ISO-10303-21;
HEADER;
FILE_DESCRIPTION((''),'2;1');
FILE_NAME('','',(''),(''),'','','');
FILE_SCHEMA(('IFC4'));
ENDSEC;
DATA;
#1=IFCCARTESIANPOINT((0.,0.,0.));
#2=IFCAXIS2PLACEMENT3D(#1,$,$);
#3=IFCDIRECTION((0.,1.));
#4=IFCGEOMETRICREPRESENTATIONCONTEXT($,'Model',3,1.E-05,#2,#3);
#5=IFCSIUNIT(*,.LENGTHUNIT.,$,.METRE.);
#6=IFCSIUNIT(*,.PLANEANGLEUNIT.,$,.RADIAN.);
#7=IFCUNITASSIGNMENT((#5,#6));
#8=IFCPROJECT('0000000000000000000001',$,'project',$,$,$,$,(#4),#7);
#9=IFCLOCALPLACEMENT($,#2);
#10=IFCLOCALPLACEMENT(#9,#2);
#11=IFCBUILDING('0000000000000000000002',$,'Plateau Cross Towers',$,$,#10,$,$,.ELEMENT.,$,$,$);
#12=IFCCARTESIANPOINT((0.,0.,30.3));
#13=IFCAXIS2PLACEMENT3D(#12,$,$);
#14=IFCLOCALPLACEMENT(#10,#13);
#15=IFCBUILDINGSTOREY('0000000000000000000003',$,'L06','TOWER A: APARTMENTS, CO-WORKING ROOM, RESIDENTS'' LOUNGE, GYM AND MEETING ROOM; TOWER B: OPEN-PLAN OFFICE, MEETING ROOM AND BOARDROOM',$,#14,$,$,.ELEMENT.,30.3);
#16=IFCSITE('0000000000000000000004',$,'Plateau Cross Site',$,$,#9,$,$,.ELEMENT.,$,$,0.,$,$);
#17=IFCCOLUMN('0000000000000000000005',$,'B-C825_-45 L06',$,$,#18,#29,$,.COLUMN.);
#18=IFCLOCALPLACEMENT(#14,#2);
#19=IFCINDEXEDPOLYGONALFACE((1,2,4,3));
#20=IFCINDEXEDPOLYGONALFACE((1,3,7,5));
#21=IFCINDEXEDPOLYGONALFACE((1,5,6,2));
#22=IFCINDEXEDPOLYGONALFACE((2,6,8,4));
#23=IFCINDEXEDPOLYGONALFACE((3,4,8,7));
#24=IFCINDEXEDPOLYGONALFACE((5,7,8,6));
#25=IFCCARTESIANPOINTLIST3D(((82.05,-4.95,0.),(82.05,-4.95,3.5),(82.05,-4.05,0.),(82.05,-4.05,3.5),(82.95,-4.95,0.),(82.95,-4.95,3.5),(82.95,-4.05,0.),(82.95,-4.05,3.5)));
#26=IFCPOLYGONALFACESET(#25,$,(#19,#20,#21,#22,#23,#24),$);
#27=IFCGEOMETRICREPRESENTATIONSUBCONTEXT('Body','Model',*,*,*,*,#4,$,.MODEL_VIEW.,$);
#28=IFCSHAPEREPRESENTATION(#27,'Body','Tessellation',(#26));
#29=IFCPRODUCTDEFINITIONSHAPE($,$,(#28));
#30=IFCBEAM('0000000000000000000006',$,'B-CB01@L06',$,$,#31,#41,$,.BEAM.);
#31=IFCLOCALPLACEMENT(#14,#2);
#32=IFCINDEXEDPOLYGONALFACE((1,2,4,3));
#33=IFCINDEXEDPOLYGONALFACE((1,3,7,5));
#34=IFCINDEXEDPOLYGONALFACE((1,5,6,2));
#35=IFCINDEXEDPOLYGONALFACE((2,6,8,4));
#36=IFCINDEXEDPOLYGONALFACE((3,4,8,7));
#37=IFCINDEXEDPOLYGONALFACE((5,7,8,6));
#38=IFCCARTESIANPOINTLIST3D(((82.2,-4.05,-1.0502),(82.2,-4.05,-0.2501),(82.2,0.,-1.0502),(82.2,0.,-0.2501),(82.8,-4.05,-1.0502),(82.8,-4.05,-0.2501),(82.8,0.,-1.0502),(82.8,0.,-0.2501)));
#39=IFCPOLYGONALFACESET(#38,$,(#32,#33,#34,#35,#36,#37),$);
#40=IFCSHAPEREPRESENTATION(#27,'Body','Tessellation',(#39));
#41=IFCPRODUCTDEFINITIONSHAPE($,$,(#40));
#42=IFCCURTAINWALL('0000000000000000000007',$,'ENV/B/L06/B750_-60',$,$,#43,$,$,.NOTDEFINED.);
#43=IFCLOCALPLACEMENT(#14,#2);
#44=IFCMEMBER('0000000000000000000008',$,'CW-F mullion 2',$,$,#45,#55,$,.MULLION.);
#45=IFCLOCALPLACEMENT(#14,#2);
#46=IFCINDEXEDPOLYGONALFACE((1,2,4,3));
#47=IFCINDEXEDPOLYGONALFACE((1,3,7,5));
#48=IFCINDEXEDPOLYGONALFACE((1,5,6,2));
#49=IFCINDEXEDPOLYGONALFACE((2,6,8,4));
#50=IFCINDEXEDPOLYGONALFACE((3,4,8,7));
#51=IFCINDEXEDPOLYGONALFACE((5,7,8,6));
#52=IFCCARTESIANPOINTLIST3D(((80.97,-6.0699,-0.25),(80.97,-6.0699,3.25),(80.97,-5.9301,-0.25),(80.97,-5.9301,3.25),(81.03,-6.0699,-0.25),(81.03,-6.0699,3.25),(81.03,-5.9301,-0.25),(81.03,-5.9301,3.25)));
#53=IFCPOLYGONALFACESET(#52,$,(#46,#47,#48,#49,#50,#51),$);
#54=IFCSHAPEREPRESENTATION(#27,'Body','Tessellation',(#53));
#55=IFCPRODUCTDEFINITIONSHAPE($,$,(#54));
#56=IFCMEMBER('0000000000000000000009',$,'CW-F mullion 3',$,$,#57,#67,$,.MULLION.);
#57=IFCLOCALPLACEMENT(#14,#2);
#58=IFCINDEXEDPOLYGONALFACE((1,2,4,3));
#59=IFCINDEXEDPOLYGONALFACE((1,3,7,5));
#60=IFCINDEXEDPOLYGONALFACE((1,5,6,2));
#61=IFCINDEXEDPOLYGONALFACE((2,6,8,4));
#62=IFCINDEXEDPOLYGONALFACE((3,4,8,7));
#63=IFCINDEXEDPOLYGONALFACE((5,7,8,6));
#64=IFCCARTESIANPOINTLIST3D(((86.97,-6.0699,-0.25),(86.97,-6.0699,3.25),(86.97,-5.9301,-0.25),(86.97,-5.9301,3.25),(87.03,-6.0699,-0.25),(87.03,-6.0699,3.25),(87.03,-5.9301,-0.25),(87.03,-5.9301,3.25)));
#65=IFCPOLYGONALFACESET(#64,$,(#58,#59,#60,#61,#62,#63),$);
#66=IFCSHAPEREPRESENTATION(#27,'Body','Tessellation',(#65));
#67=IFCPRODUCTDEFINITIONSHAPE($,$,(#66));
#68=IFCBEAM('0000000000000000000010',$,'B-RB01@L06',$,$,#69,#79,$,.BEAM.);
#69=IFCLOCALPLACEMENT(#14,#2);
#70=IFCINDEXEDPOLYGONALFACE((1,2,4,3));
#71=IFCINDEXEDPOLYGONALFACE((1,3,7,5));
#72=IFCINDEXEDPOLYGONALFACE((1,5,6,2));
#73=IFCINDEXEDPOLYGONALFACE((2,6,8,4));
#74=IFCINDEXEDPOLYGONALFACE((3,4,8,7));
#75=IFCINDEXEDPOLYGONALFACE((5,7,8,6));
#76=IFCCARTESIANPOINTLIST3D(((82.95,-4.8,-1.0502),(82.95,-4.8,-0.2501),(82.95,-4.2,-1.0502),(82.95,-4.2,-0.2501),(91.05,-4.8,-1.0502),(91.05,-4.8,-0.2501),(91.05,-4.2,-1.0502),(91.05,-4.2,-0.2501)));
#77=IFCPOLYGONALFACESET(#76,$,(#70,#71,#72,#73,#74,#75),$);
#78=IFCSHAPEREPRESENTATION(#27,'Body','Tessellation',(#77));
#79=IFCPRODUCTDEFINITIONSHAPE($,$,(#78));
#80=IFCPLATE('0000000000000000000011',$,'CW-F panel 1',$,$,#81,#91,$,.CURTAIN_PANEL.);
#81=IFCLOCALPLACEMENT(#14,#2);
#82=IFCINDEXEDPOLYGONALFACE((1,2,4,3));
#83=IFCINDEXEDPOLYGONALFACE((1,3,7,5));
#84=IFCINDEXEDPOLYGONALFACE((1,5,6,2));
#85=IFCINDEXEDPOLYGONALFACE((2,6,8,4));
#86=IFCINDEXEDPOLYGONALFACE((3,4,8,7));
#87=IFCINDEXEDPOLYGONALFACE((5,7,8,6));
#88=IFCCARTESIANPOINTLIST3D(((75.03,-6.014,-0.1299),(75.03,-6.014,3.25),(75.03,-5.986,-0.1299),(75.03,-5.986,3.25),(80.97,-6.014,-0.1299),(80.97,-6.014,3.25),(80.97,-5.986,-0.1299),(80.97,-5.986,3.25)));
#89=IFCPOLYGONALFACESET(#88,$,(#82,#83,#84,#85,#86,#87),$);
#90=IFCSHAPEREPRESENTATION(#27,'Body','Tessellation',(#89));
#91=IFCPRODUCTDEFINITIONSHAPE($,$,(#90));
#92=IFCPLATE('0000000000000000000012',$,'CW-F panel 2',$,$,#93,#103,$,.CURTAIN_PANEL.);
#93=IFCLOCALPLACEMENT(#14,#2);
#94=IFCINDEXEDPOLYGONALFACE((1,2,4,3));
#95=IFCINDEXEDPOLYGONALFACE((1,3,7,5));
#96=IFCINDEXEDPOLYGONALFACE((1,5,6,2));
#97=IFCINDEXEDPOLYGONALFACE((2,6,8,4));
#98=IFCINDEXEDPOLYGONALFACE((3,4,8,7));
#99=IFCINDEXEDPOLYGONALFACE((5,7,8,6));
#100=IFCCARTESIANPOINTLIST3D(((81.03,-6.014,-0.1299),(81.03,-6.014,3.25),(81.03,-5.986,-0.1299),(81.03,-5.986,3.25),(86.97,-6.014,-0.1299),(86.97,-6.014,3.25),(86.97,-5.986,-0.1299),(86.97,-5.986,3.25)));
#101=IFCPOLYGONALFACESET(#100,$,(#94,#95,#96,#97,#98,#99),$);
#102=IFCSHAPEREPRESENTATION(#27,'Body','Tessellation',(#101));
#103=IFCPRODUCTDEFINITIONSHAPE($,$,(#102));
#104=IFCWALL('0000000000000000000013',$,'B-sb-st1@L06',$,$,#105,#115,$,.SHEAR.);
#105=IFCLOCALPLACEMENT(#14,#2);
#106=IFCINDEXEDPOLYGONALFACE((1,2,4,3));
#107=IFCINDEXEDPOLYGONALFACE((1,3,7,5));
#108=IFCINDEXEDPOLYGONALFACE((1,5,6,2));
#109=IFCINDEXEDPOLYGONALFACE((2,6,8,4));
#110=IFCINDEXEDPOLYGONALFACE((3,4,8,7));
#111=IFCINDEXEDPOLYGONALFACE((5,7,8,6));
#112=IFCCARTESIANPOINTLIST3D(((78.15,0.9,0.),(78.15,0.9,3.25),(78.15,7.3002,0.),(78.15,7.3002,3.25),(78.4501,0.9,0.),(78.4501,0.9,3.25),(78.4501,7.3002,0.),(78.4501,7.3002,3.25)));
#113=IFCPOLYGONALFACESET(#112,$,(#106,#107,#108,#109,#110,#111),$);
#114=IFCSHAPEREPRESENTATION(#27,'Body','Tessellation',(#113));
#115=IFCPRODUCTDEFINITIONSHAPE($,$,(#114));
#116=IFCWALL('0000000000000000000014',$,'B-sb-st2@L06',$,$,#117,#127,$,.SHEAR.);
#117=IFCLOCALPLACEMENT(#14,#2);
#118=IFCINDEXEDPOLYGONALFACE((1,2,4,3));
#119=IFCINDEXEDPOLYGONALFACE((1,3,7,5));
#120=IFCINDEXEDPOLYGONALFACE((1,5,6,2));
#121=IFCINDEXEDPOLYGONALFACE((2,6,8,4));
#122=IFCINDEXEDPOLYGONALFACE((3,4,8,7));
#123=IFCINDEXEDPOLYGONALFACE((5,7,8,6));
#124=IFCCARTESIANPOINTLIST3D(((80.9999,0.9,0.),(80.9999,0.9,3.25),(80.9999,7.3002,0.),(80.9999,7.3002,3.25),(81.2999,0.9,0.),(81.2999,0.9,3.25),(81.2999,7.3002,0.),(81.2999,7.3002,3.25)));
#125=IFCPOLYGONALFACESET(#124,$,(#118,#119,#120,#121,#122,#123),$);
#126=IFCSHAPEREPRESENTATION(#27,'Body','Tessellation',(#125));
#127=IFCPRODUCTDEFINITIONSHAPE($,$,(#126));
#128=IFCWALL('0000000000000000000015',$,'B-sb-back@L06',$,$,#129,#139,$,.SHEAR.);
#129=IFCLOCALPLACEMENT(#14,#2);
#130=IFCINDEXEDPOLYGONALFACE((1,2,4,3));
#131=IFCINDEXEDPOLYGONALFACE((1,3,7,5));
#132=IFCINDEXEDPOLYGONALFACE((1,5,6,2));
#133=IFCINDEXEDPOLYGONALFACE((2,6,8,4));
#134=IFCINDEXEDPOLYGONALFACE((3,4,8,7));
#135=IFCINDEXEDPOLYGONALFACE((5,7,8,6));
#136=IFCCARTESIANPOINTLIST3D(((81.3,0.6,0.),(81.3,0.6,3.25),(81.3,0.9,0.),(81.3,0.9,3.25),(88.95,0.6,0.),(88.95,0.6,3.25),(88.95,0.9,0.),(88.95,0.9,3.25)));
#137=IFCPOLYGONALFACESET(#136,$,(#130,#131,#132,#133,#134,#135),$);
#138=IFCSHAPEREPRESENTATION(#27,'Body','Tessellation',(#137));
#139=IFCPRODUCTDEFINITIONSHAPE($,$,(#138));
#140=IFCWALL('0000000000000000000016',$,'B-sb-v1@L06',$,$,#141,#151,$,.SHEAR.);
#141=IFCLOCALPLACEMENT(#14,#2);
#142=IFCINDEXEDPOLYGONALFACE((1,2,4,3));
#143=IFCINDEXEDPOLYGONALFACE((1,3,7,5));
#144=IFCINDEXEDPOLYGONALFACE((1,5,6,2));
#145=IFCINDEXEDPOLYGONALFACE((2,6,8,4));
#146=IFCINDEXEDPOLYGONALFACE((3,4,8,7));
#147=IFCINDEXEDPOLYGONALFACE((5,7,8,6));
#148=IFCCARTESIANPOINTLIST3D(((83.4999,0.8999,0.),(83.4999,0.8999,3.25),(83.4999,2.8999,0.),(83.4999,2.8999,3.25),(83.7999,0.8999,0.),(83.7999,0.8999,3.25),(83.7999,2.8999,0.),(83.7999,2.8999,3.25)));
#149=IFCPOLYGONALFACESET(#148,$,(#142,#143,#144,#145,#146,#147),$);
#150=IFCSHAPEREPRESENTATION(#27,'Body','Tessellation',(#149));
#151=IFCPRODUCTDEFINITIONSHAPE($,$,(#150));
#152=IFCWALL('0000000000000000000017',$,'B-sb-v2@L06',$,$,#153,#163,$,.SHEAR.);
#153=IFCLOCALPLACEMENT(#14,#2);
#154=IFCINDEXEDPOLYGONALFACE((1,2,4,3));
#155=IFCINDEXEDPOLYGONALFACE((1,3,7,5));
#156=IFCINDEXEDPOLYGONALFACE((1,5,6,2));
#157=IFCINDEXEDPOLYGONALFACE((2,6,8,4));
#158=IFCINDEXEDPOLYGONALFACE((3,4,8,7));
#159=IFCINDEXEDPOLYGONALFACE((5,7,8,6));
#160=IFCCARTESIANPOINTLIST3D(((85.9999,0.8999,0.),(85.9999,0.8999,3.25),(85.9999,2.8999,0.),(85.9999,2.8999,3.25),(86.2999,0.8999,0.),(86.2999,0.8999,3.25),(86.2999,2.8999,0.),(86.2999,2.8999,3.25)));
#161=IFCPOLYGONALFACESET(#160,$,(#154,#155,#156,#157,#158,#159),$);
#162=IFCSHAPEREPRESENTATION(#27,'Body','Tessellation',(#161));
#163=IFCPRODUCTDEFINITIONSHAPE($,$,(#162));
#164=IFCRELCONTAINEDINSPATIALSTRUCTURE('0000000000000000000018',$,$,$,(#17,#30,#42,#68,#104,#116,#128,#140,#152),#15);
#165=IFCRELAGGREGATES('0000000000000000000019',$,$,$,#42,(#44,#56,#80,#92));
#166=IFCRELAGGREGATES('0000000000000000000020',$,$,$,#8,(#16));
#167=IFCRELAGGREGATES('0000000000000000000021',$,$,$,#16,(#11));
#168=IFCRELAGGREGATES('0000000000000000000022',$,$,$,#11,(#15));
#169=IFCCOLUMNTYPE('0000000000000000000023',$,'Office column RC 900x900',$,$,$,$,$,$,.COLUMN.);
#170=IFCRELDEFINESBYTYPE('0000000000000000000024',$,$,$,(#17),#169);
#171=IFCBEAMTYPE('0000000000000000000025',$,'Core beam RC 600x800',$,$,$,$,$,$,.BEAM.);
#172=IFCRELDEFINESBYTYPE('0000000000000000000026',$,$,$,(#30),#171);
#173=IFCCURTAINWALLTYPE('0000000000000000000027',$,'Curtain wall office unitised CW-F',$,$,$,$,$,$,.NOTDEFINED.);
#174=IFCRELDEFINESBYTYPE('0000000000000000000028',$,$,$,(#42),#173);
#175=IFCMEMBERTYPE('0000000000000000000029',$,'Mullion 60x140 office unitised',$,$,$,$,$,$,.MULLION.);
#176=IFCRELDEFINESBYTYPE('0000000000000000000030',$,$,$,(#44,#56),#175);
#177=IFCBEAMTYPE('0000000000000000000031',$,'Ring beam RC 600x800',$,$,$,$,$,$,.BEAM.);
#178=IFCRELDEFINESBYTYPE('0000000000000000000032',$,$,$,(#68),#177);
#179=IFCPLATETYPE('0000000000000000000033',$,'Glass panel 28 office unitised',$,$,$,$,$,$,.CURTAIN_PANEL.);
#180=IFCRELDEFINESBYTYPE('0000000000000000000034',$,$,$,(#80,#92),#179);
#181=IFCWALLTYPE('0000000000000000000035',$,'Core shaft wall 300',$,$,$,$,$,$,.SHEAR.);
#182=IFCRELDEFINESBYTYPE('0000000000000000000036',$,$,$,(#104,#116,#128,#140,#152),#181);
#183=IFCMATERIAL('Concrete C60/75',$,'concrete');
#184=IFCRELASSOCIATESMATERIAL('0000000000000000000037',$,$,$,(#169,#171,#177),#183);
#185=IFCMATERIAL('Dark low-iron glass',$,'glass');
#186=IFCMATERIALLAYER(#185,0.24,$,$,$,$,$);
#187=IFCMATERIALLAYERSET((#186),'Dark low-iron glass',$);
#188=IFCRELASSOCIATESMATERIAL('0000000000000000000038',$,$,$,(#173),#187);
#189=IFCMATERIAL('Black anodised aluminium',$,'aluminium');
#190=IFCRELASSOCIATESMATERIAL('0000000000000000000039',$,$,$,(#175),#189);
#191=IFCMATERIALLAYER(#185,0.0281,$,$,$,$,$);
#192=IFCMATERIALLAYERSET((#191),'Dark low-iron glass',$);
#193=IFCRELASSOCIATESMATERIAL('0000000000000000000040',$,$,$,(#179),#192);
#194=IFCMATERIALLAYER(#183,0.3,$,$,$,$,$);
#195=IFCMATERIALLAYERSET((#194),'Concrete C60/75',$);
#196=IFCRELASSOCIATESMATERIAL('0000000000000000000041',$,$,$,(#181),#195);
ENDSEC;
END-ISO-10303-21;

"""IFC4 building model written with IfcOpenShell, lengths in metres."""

from ifc_helpers import new_model, si_unit, direction, frame, frame_2d, origin, origin_2d, place, context, subcontext, project, spatial, rectangle, extrude, material, layer, layer_set, material_profile, profile_set, type_object, element, aggregate, save


model = new_model("IFC4")

# Units and contexts
model_context = context("Model", 3, precision=1e-05, world=origin(), true_north=direction((0.0, 1.0)))
body_context = subcontext(model_context, "Body", "Model", "MODEL_VIEW")
ifc_project = project(units=[si_unit("LENGTHUNIT", "METRE"), si_unit("PLANEANGLEUNIT", "RADIAN")], contexts=[model_context])

# Site, building, storey
site_placement = place(None, origin())
site = spatial("IfcSite", under=ifc_project, at=site_placement, Name="Plateau Cross Site", CompositionType="ELEMENT", RefElevation=0.0)
building_placement = place(site_placement, origin())
building = spatial("IfcBuilding", under=site, at=building_placement, Name="Plateau Cross Towers", CompositionType="ELEMENT")
storey_placement = place(building_placement, frame((0.0, 0.0, 30.3)))
storey = spatial("IfcBuildingStorey", under=building, at=storey_placement, Name="L06", Description="TOWER A: APARTMENTS, CO-WORKING ROOM, RESIDENTS' LOUNGE, GYM AND MEETING ROOM; TOWER B: OPEN-PLAN OFFICE, MEETING ROOM AND BOARDROOM", CompositionType="ELEMENT", Elevation=30.3)

# Column
ifc_material_1 = material(Name="Concrete C60/75", Category="concrete")
ifc_material_profile_1 = material_profile(ifc_material_1, rectangle(XDim=0.8999, YDim=0.8999, at=origin_2d()), Name="RC 900x900")
ifc_profile_set_1 = profile_set([ifc_material_profile_1], Name="Concrete C60/75")
column_type = type_object("IfcColumnType", Name="Office column RC 900x900", PredefinedType="COLUMN", material=ifc_profile_set_1)
column_placement = place(storey_placement, frame((82.5, -4.5, 0.0), z_axis=(0.0, 0.0, 1.0), x_axis=(1.0, 0.0, 0.0)))
element("IfcColumn", 1, at=column_placement, inside=storey, type_object=column_type, Name="B-C825_-45 L06", PredefinedType="COLUMN", context=body_context, shape_type="SweptSolid", body=[
    extrude(rectangle(XDim=0.8999, YDim=0.8999, at=origin_2d()), origin(), (0.0, 0.0, 1.0), 3.5),
])

# Beam
ifc_material_profile_2 = material_profile(ifc_material_1, rectangle(XDim=0.6001, YDim=0.8, at=origin_2d()), Name="RC 600x800")
ifc_profile_set_2 = profile_set([ifc_material_profile_2], Name="Concrete C60/75")
beam_type_1 = type_object("IfcBeamType", Name="Core beam RC 600x800", PredefinedType="BEAM", material=ifc_profile_set_2)
beam_1_placement = place(storey_placement, frame((82.5, 0.0, -0.6501), z_axis=(0.0, -1.0, 0.0), x_axis=(1.0, 0.0, 0.0)))
element("IfcBeam", 2, at=beam_1_placement, inside=storey, type_object=beam_type_1, Name="B-CB01@L06", PredefinedType="BEAM", context=body_context, shape_type="SweptSolid", body=[
    extrude(rectangle(XDim=0.6001, YDim=0.8, at=origin_2d()), origin(), (0.0, 0.0, 1.0), 4.05),
])

# Curtain wall, members
ifc_material_2 = material(Name="Dark low-iron glass", Category="glass")
ifc_layer_1 = layer(ifc_material_2, 0.24)
ifc_layer_set_1 = layer_set([ifc_layer_1], Name="Dark low-iron glass")
curtain_wall_type = type_object("IfcCurtainWallType", Name="Curtain wall office unitised CW-F", PredefinedType="NOTDEFINED", material=ifc_layer_set_1)
curtain_wall_placement = place(storey_placement, origin())
curtain_wall = element("IfcCurtainWall", 3, at=curtain_wall_placement, inside=storey, type_object=curtain_wall_type, Name="ENV/B/L06/B750_-60", PredefinedType="NOTDEFINED")
ifc_material_3 = material(Name="Black anodised aluminium", Category="aluminium")
ifc_material_profile_3 = material_profile(ifc_material_3, rectangle(XDim=0.0601, YDim=0.1399, at=origin_2d()), Name="MULLION 60x140")
ifc_profile_set_3 = profile_set([ifc_material_profile_3], Name="Black anodised aluminium")
member_type = type_object("IfcMemberType", Name="Mullion 60x140 office unitised", PredefinedType="MULLION", material=ifc_profile_set_3)
member_1_placement = place(storey_placement, frame((81.0, -6.0, -0.25), z_axis=(0.0, 0.0, 1.0), x_axis=(1.0, 0.0, 0.0)))
member_1 = element("IfcMember", 4, at=member_1_placement, type_object=member_type, Name="CW-F mullion 2", PredefinedType="MULLION", context=body_context, shape_type="SweptSolid", body=[
    extrude(rectangle(XDim=0.0601, YDim=0.1399, at=origin_2d()), origin(), (0.0, 0.0, 1.0), 3.5),
])
member_2_placement = place(storey_placement, frame((87.0, -6.0, -0.25), z_axis=(0.0, 0.0, 1.0), x_axis=(1.0, 0.0, 0.0)))
member_2 = element("IfcMember", 5, at=member_2_placement, type_object=member_type, Name="CW-F mullion 3", PredefinedType="MULLION", context=body_context, shape_type="SweptSolid", body=[
    extrude(rectangle(XDim=0.0601, YDim=0.1399, at=origin_2d()), origin(), (0.0, 0.0, 1.0), 3.5),
])

# Beam
ifc_material_profile_4 = material_profile(ifc_material_1, rectangle(XDim=0.6001, YDim=0.8, at=origin_2d()), Name="RC 600x800")
ifc_profile_set_4 = profile_set([ifc_material_profile_4], Name="Concrete C60/75")
beam_type_2 = type_object("IfcBeamType", Name="Ring beam RC 600x800", PredefinedType="BEAM", material=ifc_profile_set_4)
beam_2_placement = place(storey_placement, frame((82.95, -4.5, -0.6501), z_axis=(1.0, 0.0, 0.0), x_axis=(0.0, 1.0, 0.0)))
element("IfcBeam", 6, at=beam_2_placement, inside=storey, type_object=beam_type_2, Name="B-RB01@L06", PredefinedType="BEAM", context=body_context, shape_type="SweptSolid", body=[
    extrude(rectangle(XDim=0.6001, YDim=0.8, at=origin_2d()), origin(), (0.0, 0.0, 1.0), 8.1001),
])

# Plates
ifc_layer_2 = layer(ifc_material_2, 0.0281)
ifc_layer_set_2 = layer_set([ifc_layer_2], Name="Dark low-iron glass")
plate_type = type_object("IfcPlateType", Name="Glass panel 28 office unitised", PredefinedType="CURTAIN_PANEL", material=ifc_layer_set_2)
plate_1_placement = place(storey_placement, frame((78.0, -6.0, -0.1299), z_axis=(0.0, 0.0, 1.0), x_axis=(1.0, 0.0, 0.0)))
plate_1 = element("IfcPlate", 7, at=plate_1_placement, type_object=plate_type, Name="CW-F panel 1", PredefinedType="CURTAIN_PANEL", context=body_context, shape_type="SweptSolid", body=[
    extrude(rectangle(XDim=5.9399, YDim=0.0281, at=origin_2d()), origin(), (0.0, 0.0, 1.0), 3.3799),
])
plate_2_placement = place(storey_placement, frame((84.0, -6.0, -0.1299), z_axis=(0.0, 0.0, 1.0), x_axis=(1.0, 0.0, 0.0)))
plate_2 = element("IfcPlate", 8, at=plate_2_placement, type_object=plate_type, Name="CW-F panel 2", PredefinedType="CURTAIN_PANEL", context=body_context, shape_type="SweptSolid", body=[
    extrude(rectangle(XDim=5.9399, YDim=0.0281, at=origin_2d()), origin(), (0.0, 0.0, 1.0), 3.3799),
])
aggregate(curtain_wall, [member_1, member_2, plate_1, plate_2])

# Walls
ifc_layer_3 = layer(ifc_material_1, 0.3)
ifc_layer_set_3 = layer_set([ifc_layer_3], Name="Concrete C60/75")
wall_type_1 = type_object("IfcWallType", Name="Core shaft wall 300", PredefinedType="SHEAR", material=ifc_layer_set_3)
for number, where, z_axis, x_axis, name in (
    (9, (78.3, 0.8999, 0.0), (0.0, 0.0, 1.0), (0.0, 1.0, 0.0), "B-sb-st1@L06"),
    (10, (81.1499, 0.8999, 0.0), (0.0, 0.0, 1.0), (0.0, 1.0, 0.0), "B-sb-st2@L06"),
):
    element("IfcWall", number, at=place(storey_placement, frame(where, z_axis=z_axis, x_axis=x_axis)), inside=storey, type_object=wall_type_1, Name=name, PredefinedType="SHEAR", context=body_context, shape_type="SweptSolid", body=[
        extrude(rectangle(XDim=6.4001, YDim=0.3, at=frame_2d((3.2002, 0.0))), origin(), (0.0, 0.0, 1.0), 3.25),
    ])
wall_1_placement = place(storey_placement, frame((81.3, 0.75, 0.0), z_axis=(0.0, 0.0, 1.0), x_axis=(1.0, 0.0, 0.0)))
element("IfcWall", 11, at=wall_1_placement, inside=storey, type_object=wall_type_1, Name="B-sb-back@L06", PredefinedType="SHEAR", context=body_context, shape_type="SweptSolid", body=[
    extrude(rectangle(XDim=7.6499, YDim=0.3, at=frame_2d((3.825, 0.0))), origin(), (0.0, 0.0, 1.0), 3.25),
])
for number, where, z_axis, x_axis, name in (
    (12, (83.6499, 0.8999, 0.0), (0.0, 0.0, 1.0), (0.0, 1.0, 0.0), "B-sb-v1@L06"),
    (13, (86.1499, 0.8999, 0.0), (0.0, 0.0, 1.0), (0.0, 1.0, 0.0), "B-sb-v2@L06"),
):
    element("IfcWall", number, at=place(storey_placement, frame(where, z_axis=z_axis, x_axis=x_axis)), inside=storey, type_object=wall_type_1, Name=name, PredefinedType="SHEAR", context=body_context, shape_type="SweptSolid", body=[
        extrude(rectangle(XDim=2.0, YDim=0.3, at=frame_2d((1.0, 0.0))), origin(), (0.0, 0.0, 1.0), 3.25),
    ])

save(model, "model.ifc")
